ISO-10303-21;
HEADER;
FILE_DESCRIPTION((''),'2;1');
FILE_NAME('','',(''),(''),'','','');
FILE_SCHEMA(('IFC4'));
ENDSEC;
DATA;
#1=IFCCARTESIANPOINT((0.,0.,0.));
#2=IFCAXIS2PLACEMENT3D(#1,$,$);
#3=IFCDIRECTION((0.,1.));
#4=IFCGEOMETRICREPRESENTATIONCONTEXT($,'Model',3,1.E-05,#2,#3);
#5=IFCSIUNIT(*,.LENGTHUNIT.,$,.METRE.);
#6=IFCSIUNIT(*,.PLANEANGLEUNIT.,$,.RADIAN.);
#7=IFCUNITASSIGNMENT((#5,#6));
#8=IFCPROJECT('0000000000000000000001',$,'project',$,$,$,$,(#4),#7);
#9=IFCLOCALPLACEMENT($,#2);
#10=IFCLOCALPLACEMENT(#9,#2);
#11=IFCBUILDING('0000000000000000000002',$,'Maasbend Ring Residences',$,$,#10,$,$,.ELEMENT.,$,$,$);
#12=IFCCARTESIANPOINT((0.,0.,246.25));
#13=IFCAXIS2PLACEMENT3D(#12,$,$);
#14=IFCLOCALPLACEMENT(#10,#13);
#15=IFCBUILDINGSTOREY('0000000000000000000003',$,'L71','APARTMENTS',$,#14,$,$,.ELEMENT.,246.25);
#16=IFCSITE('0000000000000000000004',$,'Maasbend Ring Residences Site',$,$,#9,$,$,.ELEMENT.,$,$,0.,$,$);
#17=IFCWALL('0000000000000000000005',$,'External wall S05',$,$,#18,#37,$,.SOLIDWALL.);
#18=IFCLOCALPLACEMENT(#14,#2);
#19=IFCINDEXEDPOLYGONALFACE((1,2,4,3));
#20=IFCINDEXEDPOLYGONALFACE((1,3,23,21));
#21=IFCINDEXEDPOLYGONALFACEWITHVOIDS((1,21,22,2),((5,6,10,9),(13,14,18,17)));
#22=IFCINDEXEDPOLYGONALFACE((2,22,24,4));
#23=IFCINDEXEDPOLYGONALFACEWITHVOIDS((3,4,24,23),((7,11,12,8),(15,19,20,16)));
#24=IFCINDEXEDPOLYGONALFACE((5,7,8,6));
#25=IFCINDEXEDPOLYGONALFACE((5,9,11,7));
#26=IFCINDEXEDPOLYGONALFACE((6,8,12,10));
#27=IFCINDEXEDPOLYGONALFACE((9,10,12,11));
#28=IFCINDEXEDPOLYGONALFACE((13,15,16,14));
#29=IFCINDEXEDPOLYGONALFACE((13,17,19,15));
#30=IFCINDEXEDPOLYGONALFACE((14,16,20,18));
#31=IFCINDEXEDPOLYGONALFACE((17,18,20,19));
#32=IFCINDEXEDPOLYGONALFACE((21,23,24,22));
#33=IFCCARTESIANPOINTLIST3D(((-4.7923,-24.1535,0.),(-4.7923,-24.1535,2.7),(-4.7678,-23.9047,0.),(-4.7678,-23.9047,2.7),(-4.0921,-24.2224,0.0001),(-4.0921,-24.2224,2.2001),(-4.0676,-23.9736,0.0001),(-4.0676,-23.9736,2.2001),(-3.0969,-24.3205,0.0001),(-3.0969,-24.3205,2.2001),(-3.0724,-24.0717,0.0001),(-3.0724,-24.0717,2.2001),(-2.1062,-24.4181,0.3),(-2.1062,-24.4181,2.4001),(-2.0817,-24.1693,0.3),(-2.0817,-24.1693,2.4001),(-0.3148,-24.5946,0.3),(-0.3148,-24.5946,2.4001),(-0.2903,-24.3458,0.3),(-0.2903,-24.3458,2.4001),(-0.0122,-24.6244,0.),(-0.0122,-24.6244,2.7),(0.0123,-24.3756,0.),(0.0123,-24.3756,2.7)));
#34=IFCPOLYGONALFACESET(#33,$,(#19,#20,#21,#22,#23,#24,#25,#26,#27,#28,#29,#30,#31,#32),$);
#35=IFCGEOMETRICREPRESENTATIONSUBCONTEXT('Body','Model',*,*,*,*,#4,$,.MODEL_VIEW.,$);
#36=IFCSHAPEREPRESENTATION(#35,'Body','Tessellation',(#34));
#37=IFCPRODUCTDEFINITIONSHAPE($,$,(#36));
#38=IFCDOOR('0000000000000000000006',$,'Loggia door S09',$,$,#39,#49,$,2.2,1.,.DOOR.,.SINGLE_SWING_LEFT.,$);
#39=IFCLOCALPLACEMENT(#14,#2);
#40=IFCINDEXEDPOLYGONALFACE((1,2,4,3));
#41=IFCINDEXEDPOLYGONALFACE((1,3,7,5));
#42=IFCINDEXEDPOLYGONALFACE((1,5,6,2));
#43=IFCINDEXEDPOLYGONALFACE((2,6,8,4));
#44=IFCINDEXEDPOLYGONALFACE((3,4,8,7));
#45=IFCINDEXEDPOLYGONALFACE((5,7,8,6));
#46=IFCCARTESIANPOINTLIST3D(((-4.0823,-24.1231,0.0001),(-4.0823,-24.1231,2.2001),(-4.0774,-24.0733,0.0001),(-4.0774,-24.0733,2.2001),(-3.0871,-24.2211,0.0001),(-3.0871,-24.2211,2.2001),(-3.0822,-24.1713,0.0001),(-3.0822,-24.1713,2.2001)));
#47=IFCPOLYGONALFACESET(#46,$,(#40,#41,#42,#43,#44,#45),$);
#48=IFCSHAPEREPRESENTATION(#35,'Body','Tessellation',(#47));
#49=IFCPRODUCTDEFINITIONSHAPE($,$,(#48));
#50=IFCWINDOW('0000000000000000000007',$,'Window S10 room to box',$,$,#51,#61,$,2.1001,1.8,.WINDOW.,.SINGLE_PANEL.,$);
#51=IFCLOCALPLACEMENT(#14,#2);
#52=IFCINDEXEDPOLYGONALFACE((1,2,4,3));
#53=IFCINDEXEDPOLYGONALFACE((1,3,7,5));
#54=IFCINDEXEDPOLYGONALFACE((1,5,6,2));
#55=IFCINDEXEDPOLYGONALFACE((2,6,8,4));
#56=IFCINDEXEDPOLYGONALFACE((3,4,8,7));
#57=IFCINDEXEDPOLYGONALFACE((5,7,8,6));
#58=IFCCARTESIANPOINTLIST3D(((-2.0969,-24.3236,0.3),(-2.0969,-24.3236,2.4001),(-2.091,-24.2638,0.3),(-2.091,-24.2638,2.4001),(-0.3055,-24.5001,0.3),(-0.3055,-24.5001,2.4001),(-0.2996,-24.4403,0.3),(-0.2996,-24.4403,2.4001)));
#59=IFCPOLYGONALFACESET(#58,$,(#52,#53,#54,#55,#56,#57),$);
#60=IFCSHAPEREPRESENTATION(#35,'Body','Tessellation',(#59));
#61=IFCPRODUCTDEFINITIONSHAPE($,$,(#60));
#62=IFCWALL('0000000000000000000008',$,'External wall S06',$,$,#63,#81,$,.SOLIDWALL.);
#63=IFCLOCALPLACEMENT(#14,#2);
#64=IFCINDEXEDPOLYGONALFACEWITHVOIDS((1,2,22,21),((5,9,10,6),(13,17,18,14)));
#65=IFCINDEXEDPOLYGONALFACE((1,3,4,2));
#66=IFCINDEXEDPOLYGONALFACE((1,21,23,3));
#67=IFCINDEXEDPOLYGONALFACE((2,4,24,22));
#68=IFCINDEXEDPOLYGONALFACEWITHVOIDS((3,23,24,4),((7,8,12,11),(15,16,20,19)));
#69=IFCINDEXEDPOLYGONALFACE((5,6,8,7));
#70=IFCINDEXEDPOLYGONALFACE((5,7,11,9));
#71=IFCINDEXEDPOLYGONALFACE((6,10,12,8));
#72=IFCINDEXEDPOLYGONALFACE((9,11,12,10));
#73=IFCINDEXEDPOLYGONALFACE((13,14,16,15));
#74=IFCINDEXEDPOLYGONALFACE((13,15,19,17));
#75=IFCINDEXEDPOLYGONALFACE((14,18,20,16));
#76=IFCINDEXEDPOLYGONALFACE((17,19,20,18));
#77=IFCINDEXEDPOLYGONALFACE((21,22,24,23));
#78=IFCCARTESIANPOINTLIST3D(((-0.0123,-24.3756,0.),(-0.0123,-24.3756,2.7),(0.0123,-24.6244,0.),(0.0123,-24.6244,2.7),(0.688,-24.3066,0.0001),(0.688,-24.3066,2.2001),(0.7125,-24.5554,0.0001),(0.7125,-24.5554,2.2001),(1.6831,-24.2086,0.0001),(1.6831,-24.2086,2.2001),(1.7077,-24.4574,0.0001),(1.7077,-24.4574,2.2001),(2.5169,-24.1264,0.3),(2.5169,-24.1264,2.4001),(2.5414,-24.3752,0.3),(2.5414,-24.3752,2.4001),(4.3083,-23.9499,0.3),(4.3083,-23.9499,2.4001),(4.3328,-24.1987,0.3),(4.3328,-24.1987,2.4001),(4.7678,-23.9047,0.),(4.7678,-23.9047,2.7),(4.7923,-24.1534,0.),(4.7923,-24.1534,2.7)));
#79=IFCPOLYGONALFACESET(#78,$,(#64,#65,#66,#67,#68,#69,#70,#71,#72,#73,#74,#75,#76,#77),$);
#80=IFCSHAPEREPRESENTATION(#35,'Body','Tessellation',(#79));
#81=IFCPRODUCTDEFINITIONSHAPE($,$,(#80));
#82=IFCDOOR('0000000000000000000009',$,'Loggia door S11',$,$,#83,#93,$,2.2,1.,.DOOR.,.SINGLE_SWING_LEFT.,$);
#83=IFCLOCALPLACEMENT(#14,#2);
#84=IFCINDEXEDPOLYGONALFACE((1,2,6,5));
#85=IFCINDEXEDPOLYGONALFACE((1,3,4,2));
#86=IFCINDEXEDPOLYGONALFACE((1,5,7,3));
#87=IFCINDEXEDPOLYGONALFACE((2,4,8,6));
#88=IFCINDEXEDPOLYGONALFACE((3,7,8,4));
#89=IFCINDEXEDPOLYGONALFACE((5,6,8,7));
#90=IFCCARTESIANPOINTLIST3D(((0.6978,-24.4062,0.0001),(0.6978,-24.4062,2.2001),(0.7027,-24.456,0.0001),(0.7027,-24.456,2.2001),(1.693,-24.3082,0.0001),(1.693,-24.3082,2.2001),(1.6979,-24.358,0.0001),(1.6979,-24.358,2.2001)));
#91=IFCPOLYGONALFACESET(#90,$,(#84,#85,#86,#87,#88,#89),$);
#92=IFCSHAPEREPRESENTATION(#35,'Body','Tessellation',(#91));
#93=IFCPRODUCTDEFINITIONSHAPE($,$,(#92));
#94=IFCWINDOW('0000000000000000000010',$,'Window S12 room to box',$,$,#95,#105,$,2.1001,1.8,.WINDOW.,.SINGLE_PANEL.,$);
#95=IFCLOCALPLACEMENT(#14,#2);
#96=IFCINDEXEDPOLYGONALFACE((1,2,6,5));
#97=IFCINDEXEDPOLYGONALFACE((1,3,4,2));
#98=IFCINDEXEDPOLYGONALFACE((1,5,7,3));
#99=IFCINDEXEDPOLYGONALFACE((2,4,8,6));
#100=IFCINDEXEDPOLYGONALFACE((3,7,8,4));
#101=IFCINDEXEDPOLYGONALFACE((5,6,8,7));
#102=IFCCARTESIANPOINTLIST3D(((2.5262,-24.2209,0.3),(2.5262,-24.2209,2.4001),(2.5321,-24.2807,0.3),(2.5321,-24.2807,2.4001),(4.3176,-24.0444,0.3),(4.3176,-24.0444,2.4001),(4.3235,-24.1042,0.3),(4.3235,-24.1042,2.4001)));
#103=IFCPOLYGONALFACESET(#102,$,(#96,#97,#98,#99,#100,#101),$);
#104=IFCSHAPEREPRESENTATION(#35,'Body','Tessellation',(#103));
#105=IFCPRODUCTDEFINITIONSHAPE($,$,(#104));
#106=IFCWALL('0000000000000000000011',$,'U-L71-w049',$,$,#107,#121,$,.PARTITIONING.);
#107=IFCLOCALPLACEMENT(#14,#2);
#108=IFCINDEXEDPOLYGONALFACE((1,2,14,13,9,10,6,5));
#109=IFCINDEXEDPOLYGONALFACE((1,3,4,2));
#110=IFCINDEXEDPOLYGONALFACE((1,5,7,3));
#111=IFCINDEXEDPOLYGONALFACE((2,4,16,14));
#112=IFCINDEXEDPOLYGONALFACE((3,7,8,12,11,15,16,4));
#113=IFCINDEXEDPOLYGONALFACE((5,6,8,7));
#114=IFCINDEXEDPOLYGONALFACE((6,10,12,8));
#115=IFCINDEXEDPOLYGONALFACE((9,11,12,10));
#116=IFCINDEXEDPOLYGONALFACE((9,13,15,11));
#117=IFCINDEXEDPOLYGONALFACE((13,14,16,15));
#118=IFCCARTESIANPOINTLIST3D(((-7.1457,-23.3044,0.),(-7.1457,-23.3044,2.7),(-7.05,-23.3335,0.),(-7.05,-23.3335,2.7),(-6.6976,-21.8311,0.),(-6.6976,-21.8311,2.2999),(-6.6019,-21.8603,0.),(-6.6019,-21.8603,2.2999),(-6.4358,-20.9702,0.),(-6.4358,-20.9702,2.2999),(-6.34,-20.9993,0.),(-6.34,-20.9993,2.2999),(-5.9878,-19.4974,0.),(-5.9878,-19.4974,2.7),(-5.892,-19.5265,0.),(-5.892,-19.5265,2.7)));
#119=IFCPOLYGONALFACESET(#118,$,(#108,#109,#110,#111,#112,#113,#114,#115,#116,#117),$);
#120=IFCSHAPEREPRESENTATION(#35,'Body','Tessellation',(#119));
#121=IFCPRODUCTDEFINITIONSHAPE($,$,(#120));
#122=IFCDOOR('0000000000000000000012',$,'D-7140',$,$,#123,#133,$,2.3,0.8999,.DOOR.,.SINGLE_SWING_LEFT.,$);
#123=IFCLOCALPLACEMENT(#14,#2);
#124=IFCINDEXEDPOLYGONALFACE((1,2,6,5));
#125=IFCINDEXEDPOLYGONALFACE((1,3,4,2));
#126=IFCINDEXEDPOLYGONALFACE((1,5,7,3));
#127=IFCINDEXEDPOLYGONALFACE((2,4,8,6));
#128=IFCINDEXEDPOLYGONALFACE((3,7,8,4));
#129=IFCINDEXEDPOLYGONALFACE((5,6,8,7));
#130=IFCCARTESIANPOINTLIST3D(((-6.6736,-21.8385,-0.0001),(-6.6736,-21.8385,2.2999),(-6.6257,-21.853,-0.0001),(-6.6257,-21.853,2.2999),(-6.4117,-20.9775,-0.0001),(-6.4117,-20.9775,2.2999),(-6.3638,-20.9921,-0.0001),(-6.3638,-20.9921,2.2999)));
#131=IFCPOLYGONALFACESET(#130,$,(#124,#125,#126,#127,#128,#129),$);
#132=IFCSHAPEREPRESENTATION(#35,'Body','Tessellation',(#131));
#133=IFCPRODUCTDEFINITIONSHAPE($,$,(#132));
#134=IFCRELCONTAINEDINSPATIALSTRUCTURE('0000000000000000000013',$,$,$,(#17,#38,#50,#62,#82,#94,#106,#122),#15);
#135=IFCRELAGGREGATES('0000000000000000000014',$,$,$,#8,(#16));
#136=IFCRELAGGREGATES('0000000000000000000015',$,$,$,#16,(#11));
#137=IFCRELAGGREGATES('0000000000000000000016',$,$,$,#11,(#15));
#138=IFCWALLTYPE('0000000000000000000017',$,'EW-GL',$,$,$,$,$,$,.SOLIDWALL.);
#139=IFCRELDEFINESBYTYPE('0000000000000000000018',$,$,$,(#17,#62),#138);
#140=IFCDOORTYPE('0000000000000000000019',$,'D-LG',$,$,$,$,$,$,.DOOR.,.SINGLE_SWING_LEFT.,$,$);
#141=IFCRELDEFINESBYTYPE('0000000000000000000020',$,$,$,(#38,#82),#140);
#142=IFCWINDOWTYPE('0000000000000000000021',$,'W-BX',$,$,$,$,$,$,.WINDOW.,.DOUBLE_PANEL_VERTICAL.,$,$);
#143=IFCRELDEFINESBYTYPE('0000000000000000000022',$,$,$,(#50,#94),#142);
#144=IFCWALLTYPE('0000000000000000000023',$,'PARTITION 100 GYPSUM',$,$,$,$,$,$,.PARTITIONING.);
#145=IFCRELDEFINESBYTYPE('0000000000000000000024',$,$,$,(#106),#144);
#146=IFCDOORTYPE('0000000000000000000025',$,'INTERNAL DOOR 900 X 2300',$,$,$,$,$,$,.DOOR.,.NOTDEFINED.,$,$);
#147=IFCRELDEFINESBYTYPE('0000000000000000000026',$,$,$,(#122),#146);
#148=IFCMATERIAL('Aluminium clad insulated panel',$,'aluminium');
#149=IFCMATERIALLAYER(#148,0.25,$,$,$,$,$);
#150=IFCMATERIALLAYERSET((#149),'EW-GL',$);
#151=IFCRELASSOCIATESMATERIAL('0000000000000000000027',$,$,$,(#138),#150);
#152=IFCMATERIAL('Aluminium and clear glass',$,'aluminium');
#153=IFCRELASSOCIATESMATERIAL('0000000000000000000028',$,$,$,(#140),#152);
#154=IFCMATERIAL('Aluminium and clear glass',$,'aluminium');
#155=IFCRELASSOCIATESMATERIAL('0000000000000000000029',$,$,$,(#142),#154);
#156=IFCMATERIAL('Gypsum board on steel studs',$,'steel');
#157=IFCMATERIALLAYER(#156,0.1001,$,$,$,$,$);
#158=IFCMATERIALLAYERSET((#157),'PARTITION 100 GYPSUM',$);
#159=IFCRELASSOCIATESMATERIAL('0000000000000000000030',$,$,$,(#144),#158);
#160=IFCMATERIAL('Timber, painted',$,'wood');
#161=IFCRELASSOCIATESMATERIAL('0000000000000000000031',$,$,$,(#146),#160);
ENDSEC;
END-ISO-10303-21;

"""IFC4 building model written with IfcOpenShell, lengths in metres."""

from ifc_helpers import new_model, si_unit, direction, frame, frame_2d, origin, place, context, subcontext, project, spatial, rectangle, extrude, material, layer, layer_set, type_object, element, fill, save


model = new_model("IFC4")

# Units and contexts
model_context = context("Model", 3, precision=1e-05, world=origin(), true_north=direction((0.0, 1.0)))
body_context = subcontext(model_context, "Body", "Model", "MODEL_VIEW")
ifc_project = project(units=[si_unit("LENGTHUNIT", "METRE"), si_unit("PLANEANGLEUNIT", "RADIAN")], contexts=[model_context])

# Site, building, storey
site_placement = place(None, origin())
site = spatial("IfcSite", under=ifc_project, at=site_placement, Name="Maasbend Ring Residences Site", CompositionType="ELEMENT", RefElevation=0.0)
building_placement = place(site_placement, origin())
building = spatial("IfcBuilding", under=site, at=building_placement, Name="Maasbend Ring Residences", CompositionType="ELEMENT")
storey_placement = place(building_placement, frame((0.0, 0.0, 246.25)))
storey = spatial("IfcBuildingStorey", under=building, at=storey_placement, Name="L71", Description="APARTMENTS", CompositionType="ELEMENT", Elevation=246.25)

# Walls, openings, doors, windows
ifc_material_1 = material(Name="Aluminium clad insulated panel", Category="aluminium")
ifc_layer_1 = layer(ifc_material_1, 0.25)
ifc_layer_set_1 = layer_set([ifc_layer_1], Name="EW-GL")
wall_type_1 = type_object("IfcWallType", Name="EW-GL", PredefinedType="SOLIDWALL", material=ifc_layer_set_1)
wall_1_placement = place(storey_placement, frame((-4.78, -24.0291, 0.0), z_axis=(0.0, 0.0, 1.0), x_axis=(0.995182, -0.098049, 0.0)))
wall_1 = element("IfcWall", 1, at=wall_1_placement, inside=storey, type_object=wall_type_1, Name="External wall S05", PredefinedType="SOLIDWALL", context=body_context, shape_type="SweptSolid", body=[
    extrude(rectangle(XDim=4.8032, YDim=0.25, at=frame_2d((2.4016, 0.0))), origin(), (0.0, 0.0, 1.0), 2.7),
])
opening_1_placement = place(wall_1_placement, frame((0.7036, 0.0, 0.0)))
opening_1 = element("IfcOpeningElement", 2, at=opening_1_placement, cuts=wall_1, PredefinedType="OPENING", context=body_context, shape_type="SweptSolid", body=[
    extrude(rectangle(XDim=1.0, YDim=2.2, at=frame_2d((0.5, 1.1001))), frame((0.0, 0.135, 0.0), z_axis=(0.0, -1.0, 0.0), x_axis=(1.0, 0.0, 0.0)), (0.0, 0.0, 1.0), 0.27),
])
opening_2_placement = place(wall_1_placement, frame((2.6992, 0.0, 0.3)))
opening_2 = element("IfcOpeningElement", 3, at=opening_2_placement, cuts=wall_1, PredefinedType="OPENING", context=body_context, shape_type="SweptSolid", body=[
    extrude(rectangle(XDim=1.8, YDim=2.1001, at=frame_2d((0.8999, 1.05))), frame((0.0, 0.135, 0.0), z_axis=(0.0, -1.0, 0.0), x_axis=(1.0, 0.0, 0.0)), (0.0, 0.0, 1.0), 0.27),
])
ifc_material_2 = material(Name="Aluminium and clear glass", Category="aluminium")
door_type_1 = type_object("IfcDoorType", Name="D-LG", OperationType="SINGLE_SWING_LEFT", PredefinedType="DOOR", material=ifc_material_2)
door_1_placement = place(opening_1_placement, origin())
door_1 = element("IfcDoor", 4, at=door_1_placement, inside=storey, type_object=door_type_1, Name="Loggia door S09", OperationType="SINGLE_SWING_LEFT", OverallHeight=2.2, OverallWidth=1.0, PredefinedType="DOOR", context=body_context, shape_type="SweptSolid", body=[
    extrude(rectangle(XDim=1.0, YDim=2.2, at=frame_2d((0.5, 1.1001))), frame((0.0, 0.0249, 0.0), z_axis=(0.0, -1.0, 0.0), x_axis=(1.0, 0.0, 0.0)), (0.0, 0.0, 1.0), 0.05),
])
fill(opening_1, door_1)
ifc_material_3 = material(Name="Aluminium and clear glass", Category="aluminium")
window_type_1 = type_object("IfcWindowType", Name="W-BX", PartitioningType="DOUBLE_PANEL_VERTICAL", PredefinedType="WINDOW", material=ifc_material_3)
window_1_placement = place(opening_2_placement, origin())
window_1 = element("IfcWindow", 5, at=window_1_placement, inside=storey, type_object=window_type_1, Name="Window S10 room to box", OverallHeight=2.1001, OverallWidth=1.8, PartitioningType="SINGLE_PANEL", PredefinedType="WINDOW", context=body_context, shape_type="SweptSolid", body=[
    extrude(rectangle(XDim=1.8, YDim=2.1001, at=frame_2d((0.8999, 1.05))), frame((0.0, 0.03, 0.0), z_axis=(0.0, -1.0, 0.0), x_axis=(1.0, 0.0, 0.0)), (0.0, 0.0, 1.0), 0.0601),
])
fill(opening_2, window_1)
wall_2_placement = place(storey_placement, frame((0.0, -24.5, 0.0), z_axis=(0.0, 0.0, 1.0), x_axis=(0.995182, 0.098049, 0.0)))
wall_2 = element("IfcWall", 6, at=wall_2_placement, inside=storey, type_object=wall_type_1, Name="External wall S06", PredefinedType="SOLIDWALL", context=body_context, shape_type="SweptSolid", body=[
    extrude(rectangle(XDim=4.8032, YDim=0.25, at=frame_2d((2.4016, 0.0))), origin(), (0.0, 0.0, 1.0), 2.7),
])
opening_3_placement = place(wall_2_placement, frame((0.7036, 0.0, 0.0)))
opening_3 = element("IfcOpeningElement", 7, at=opening_3_placement, cuts=wall_2, PredefinedType="OPENING", context=body_context, shape_type="SweptSolid", body=[
    extrude(rectangle(XDim=1.0, YDim=2.2, at=frame_2d((0.5, 1.1001))), frame((0.0, 0.135, 0.0), z_axis=(0.0, -1.0, 0.0), x_axis=(1.0, 0.0, 0.0)), (0.0, 0.0, 1.0), 0.27),
])
opening_4_placement = place(wall_2_placement, frame((2.5415, 0.0, 0.3)))
opening_4 = element("IfcOpeningElement", 8, at=opening_4_placement, cuts=wall_2, PredefinedType="OPENING", context=body_context, shape_type="SweptSolid", body=[
    extrude(rectangle(XDim=1.8, YDim=2.1001, at=frame_2d((0.8999, 1.05))), frame((0.0, 0.135, 0.0), z_axis=(0.0, -1.0, 0.0), x_axis=(1.0, 0.0, 0.0)), (0.0, 0.0, 1.0), 0.27),
])
door_2_placement = place(opening_3_placement, origin())
door_2 = element("IfcDoor", 9, at=door_2_placement, inside=storey, type_object=door_type_1, Name="Loggia door S11", OperationType="SINGLE_SWING_LEFT", OverallHeight=2.2, OverallWidth=1.0, PredefinedType="DOOR", context=body_context, shape_type="SweptSolid", body=[
    extrude(rectangle(XDim=1.0, YDim=2.2, at=frame_2d((0.5, 1.1001))), frame((0.0, 0.0249, 0.0), z_axis=(0.0, -1.0, 0.0), x_axis=(1.0, 0.0, 0.0)), (0.0, 0.0, 1.0), 0.05),
])
fill(opening_3, door_2)
window_2_placement = place(opening_4_placement, origin())
window_2 = element("IfcWindow", 10, at=window_2_placement, inside=storey, type_object=window_type_1, Name="Window S12 room to box", OverallHeight=2.1001, OverallWidth=1.8, PartitioningType="SINGLE_PANEL", PredefinedType="WINDOW", context=body_context, shape_type="SweptSolid", body=[
    extrude(rectangle(XDim=1.8, YDim=2.1001, at=frame_2d((0.8999, 1.05))), frame((0.0, 0.03, 0.0), z_axis=(0.0, -1.0, 0.0), x_axis=(1.0, 0.0, 0.0)), (0.0, 0.0, 1.0), 0.0601),
])
fill(opening_4, window_2)

# Wall, opening, door
ifc_material_4 = material(Name="Gypsum board on steel studs", Category="steel")
ifc_layer_2 = layer(ifc_material_4, 0.1001)
ifc_layer_set_2 = layer_set([ifc_layer_2], Name="PARTITION 100 GYPSUM")
wall_type_2 = type_object("IfcWallType", Name="PARTITION 100 GYPSUM", PredefinedType="PARTITIONING", material=ifc_layer_set_2)
wall_3_placement = place(storey_placement, frame((-7.0979, -23.3191, 0.0), z_axis=(0.0, 0.0, 1.0), x_axis=(0.290993, 0.956725, 0.0)))
wall_3 = element("IfcWall", 11, at=wall_3_placement, inside=storey, type_object=wall_type_2, Name="U-L71-w049", PredefinedType="PARTITIONING", context=body_context, shape_type="SweptSolid", body=[
    extrude(rectangle(XDim=3.9792, YDim=0.1001, at=frame_2d((1.9897, 0.0))), origin(), (0.0, 0.0, 1.0), 2.7),
])
opening_5_placement = place(wall_3_placement, frame((1.54, 0.0, 0.0)))
opening_5 = element("IfcOpeningElement", 12, at=opening_5_placement, cuts=wall_3, PredefinedType="OPENING", context=body_context, shape_type="SweptSolid", body=[
    extrude(rectangle(XDim=0.8999, YDim=2.3, at=frame_2d((0.45, 1.1499))), frame((0.0, 0.0601, 0.0), z_axis=(0.0, -1.0, 0.0), x_axis=(1.0, 0.0, 0.0)), (0.0, 0.0, 1.0), 0.1201),
])
ifc_material_5 = material(Name="Timber, painted", Category="wood")
door_type_2 = type_object("IfcDoorType", Name="INTERNAL DOOR 900 X 2300", OperationType="NOTDEFINED", PredefinedType="DOOR", material=ifc_material_5)
door_3_placement = place(opening_5_placement, origin())
door_3 = element("IfcDoor", 13, at=door_3_placement, inside=storey, type_object=door_type_2, Name="D-7140", OperationType="SINGLE_SWING_LEFT", OverallHeight=2.3, OverallWidth=0.8999, PredefinedType="DOOR", context=body_context, shape_type="SweptSolid", body=[
    extrude(rectangle(XDim=0.8999, YDim=2.3, at=frame_2d((0.45, 1.1499))), frame((0.0, 0.0249, 0.0), z_axis=(0.0, -1.0, 0.0), x_axis=(1.0, 0.0, 0.0)), (0.0, 0.0, 1.0), 0.05),
])
fill(opening_5, door_3)

save(model, "model.ifc")
